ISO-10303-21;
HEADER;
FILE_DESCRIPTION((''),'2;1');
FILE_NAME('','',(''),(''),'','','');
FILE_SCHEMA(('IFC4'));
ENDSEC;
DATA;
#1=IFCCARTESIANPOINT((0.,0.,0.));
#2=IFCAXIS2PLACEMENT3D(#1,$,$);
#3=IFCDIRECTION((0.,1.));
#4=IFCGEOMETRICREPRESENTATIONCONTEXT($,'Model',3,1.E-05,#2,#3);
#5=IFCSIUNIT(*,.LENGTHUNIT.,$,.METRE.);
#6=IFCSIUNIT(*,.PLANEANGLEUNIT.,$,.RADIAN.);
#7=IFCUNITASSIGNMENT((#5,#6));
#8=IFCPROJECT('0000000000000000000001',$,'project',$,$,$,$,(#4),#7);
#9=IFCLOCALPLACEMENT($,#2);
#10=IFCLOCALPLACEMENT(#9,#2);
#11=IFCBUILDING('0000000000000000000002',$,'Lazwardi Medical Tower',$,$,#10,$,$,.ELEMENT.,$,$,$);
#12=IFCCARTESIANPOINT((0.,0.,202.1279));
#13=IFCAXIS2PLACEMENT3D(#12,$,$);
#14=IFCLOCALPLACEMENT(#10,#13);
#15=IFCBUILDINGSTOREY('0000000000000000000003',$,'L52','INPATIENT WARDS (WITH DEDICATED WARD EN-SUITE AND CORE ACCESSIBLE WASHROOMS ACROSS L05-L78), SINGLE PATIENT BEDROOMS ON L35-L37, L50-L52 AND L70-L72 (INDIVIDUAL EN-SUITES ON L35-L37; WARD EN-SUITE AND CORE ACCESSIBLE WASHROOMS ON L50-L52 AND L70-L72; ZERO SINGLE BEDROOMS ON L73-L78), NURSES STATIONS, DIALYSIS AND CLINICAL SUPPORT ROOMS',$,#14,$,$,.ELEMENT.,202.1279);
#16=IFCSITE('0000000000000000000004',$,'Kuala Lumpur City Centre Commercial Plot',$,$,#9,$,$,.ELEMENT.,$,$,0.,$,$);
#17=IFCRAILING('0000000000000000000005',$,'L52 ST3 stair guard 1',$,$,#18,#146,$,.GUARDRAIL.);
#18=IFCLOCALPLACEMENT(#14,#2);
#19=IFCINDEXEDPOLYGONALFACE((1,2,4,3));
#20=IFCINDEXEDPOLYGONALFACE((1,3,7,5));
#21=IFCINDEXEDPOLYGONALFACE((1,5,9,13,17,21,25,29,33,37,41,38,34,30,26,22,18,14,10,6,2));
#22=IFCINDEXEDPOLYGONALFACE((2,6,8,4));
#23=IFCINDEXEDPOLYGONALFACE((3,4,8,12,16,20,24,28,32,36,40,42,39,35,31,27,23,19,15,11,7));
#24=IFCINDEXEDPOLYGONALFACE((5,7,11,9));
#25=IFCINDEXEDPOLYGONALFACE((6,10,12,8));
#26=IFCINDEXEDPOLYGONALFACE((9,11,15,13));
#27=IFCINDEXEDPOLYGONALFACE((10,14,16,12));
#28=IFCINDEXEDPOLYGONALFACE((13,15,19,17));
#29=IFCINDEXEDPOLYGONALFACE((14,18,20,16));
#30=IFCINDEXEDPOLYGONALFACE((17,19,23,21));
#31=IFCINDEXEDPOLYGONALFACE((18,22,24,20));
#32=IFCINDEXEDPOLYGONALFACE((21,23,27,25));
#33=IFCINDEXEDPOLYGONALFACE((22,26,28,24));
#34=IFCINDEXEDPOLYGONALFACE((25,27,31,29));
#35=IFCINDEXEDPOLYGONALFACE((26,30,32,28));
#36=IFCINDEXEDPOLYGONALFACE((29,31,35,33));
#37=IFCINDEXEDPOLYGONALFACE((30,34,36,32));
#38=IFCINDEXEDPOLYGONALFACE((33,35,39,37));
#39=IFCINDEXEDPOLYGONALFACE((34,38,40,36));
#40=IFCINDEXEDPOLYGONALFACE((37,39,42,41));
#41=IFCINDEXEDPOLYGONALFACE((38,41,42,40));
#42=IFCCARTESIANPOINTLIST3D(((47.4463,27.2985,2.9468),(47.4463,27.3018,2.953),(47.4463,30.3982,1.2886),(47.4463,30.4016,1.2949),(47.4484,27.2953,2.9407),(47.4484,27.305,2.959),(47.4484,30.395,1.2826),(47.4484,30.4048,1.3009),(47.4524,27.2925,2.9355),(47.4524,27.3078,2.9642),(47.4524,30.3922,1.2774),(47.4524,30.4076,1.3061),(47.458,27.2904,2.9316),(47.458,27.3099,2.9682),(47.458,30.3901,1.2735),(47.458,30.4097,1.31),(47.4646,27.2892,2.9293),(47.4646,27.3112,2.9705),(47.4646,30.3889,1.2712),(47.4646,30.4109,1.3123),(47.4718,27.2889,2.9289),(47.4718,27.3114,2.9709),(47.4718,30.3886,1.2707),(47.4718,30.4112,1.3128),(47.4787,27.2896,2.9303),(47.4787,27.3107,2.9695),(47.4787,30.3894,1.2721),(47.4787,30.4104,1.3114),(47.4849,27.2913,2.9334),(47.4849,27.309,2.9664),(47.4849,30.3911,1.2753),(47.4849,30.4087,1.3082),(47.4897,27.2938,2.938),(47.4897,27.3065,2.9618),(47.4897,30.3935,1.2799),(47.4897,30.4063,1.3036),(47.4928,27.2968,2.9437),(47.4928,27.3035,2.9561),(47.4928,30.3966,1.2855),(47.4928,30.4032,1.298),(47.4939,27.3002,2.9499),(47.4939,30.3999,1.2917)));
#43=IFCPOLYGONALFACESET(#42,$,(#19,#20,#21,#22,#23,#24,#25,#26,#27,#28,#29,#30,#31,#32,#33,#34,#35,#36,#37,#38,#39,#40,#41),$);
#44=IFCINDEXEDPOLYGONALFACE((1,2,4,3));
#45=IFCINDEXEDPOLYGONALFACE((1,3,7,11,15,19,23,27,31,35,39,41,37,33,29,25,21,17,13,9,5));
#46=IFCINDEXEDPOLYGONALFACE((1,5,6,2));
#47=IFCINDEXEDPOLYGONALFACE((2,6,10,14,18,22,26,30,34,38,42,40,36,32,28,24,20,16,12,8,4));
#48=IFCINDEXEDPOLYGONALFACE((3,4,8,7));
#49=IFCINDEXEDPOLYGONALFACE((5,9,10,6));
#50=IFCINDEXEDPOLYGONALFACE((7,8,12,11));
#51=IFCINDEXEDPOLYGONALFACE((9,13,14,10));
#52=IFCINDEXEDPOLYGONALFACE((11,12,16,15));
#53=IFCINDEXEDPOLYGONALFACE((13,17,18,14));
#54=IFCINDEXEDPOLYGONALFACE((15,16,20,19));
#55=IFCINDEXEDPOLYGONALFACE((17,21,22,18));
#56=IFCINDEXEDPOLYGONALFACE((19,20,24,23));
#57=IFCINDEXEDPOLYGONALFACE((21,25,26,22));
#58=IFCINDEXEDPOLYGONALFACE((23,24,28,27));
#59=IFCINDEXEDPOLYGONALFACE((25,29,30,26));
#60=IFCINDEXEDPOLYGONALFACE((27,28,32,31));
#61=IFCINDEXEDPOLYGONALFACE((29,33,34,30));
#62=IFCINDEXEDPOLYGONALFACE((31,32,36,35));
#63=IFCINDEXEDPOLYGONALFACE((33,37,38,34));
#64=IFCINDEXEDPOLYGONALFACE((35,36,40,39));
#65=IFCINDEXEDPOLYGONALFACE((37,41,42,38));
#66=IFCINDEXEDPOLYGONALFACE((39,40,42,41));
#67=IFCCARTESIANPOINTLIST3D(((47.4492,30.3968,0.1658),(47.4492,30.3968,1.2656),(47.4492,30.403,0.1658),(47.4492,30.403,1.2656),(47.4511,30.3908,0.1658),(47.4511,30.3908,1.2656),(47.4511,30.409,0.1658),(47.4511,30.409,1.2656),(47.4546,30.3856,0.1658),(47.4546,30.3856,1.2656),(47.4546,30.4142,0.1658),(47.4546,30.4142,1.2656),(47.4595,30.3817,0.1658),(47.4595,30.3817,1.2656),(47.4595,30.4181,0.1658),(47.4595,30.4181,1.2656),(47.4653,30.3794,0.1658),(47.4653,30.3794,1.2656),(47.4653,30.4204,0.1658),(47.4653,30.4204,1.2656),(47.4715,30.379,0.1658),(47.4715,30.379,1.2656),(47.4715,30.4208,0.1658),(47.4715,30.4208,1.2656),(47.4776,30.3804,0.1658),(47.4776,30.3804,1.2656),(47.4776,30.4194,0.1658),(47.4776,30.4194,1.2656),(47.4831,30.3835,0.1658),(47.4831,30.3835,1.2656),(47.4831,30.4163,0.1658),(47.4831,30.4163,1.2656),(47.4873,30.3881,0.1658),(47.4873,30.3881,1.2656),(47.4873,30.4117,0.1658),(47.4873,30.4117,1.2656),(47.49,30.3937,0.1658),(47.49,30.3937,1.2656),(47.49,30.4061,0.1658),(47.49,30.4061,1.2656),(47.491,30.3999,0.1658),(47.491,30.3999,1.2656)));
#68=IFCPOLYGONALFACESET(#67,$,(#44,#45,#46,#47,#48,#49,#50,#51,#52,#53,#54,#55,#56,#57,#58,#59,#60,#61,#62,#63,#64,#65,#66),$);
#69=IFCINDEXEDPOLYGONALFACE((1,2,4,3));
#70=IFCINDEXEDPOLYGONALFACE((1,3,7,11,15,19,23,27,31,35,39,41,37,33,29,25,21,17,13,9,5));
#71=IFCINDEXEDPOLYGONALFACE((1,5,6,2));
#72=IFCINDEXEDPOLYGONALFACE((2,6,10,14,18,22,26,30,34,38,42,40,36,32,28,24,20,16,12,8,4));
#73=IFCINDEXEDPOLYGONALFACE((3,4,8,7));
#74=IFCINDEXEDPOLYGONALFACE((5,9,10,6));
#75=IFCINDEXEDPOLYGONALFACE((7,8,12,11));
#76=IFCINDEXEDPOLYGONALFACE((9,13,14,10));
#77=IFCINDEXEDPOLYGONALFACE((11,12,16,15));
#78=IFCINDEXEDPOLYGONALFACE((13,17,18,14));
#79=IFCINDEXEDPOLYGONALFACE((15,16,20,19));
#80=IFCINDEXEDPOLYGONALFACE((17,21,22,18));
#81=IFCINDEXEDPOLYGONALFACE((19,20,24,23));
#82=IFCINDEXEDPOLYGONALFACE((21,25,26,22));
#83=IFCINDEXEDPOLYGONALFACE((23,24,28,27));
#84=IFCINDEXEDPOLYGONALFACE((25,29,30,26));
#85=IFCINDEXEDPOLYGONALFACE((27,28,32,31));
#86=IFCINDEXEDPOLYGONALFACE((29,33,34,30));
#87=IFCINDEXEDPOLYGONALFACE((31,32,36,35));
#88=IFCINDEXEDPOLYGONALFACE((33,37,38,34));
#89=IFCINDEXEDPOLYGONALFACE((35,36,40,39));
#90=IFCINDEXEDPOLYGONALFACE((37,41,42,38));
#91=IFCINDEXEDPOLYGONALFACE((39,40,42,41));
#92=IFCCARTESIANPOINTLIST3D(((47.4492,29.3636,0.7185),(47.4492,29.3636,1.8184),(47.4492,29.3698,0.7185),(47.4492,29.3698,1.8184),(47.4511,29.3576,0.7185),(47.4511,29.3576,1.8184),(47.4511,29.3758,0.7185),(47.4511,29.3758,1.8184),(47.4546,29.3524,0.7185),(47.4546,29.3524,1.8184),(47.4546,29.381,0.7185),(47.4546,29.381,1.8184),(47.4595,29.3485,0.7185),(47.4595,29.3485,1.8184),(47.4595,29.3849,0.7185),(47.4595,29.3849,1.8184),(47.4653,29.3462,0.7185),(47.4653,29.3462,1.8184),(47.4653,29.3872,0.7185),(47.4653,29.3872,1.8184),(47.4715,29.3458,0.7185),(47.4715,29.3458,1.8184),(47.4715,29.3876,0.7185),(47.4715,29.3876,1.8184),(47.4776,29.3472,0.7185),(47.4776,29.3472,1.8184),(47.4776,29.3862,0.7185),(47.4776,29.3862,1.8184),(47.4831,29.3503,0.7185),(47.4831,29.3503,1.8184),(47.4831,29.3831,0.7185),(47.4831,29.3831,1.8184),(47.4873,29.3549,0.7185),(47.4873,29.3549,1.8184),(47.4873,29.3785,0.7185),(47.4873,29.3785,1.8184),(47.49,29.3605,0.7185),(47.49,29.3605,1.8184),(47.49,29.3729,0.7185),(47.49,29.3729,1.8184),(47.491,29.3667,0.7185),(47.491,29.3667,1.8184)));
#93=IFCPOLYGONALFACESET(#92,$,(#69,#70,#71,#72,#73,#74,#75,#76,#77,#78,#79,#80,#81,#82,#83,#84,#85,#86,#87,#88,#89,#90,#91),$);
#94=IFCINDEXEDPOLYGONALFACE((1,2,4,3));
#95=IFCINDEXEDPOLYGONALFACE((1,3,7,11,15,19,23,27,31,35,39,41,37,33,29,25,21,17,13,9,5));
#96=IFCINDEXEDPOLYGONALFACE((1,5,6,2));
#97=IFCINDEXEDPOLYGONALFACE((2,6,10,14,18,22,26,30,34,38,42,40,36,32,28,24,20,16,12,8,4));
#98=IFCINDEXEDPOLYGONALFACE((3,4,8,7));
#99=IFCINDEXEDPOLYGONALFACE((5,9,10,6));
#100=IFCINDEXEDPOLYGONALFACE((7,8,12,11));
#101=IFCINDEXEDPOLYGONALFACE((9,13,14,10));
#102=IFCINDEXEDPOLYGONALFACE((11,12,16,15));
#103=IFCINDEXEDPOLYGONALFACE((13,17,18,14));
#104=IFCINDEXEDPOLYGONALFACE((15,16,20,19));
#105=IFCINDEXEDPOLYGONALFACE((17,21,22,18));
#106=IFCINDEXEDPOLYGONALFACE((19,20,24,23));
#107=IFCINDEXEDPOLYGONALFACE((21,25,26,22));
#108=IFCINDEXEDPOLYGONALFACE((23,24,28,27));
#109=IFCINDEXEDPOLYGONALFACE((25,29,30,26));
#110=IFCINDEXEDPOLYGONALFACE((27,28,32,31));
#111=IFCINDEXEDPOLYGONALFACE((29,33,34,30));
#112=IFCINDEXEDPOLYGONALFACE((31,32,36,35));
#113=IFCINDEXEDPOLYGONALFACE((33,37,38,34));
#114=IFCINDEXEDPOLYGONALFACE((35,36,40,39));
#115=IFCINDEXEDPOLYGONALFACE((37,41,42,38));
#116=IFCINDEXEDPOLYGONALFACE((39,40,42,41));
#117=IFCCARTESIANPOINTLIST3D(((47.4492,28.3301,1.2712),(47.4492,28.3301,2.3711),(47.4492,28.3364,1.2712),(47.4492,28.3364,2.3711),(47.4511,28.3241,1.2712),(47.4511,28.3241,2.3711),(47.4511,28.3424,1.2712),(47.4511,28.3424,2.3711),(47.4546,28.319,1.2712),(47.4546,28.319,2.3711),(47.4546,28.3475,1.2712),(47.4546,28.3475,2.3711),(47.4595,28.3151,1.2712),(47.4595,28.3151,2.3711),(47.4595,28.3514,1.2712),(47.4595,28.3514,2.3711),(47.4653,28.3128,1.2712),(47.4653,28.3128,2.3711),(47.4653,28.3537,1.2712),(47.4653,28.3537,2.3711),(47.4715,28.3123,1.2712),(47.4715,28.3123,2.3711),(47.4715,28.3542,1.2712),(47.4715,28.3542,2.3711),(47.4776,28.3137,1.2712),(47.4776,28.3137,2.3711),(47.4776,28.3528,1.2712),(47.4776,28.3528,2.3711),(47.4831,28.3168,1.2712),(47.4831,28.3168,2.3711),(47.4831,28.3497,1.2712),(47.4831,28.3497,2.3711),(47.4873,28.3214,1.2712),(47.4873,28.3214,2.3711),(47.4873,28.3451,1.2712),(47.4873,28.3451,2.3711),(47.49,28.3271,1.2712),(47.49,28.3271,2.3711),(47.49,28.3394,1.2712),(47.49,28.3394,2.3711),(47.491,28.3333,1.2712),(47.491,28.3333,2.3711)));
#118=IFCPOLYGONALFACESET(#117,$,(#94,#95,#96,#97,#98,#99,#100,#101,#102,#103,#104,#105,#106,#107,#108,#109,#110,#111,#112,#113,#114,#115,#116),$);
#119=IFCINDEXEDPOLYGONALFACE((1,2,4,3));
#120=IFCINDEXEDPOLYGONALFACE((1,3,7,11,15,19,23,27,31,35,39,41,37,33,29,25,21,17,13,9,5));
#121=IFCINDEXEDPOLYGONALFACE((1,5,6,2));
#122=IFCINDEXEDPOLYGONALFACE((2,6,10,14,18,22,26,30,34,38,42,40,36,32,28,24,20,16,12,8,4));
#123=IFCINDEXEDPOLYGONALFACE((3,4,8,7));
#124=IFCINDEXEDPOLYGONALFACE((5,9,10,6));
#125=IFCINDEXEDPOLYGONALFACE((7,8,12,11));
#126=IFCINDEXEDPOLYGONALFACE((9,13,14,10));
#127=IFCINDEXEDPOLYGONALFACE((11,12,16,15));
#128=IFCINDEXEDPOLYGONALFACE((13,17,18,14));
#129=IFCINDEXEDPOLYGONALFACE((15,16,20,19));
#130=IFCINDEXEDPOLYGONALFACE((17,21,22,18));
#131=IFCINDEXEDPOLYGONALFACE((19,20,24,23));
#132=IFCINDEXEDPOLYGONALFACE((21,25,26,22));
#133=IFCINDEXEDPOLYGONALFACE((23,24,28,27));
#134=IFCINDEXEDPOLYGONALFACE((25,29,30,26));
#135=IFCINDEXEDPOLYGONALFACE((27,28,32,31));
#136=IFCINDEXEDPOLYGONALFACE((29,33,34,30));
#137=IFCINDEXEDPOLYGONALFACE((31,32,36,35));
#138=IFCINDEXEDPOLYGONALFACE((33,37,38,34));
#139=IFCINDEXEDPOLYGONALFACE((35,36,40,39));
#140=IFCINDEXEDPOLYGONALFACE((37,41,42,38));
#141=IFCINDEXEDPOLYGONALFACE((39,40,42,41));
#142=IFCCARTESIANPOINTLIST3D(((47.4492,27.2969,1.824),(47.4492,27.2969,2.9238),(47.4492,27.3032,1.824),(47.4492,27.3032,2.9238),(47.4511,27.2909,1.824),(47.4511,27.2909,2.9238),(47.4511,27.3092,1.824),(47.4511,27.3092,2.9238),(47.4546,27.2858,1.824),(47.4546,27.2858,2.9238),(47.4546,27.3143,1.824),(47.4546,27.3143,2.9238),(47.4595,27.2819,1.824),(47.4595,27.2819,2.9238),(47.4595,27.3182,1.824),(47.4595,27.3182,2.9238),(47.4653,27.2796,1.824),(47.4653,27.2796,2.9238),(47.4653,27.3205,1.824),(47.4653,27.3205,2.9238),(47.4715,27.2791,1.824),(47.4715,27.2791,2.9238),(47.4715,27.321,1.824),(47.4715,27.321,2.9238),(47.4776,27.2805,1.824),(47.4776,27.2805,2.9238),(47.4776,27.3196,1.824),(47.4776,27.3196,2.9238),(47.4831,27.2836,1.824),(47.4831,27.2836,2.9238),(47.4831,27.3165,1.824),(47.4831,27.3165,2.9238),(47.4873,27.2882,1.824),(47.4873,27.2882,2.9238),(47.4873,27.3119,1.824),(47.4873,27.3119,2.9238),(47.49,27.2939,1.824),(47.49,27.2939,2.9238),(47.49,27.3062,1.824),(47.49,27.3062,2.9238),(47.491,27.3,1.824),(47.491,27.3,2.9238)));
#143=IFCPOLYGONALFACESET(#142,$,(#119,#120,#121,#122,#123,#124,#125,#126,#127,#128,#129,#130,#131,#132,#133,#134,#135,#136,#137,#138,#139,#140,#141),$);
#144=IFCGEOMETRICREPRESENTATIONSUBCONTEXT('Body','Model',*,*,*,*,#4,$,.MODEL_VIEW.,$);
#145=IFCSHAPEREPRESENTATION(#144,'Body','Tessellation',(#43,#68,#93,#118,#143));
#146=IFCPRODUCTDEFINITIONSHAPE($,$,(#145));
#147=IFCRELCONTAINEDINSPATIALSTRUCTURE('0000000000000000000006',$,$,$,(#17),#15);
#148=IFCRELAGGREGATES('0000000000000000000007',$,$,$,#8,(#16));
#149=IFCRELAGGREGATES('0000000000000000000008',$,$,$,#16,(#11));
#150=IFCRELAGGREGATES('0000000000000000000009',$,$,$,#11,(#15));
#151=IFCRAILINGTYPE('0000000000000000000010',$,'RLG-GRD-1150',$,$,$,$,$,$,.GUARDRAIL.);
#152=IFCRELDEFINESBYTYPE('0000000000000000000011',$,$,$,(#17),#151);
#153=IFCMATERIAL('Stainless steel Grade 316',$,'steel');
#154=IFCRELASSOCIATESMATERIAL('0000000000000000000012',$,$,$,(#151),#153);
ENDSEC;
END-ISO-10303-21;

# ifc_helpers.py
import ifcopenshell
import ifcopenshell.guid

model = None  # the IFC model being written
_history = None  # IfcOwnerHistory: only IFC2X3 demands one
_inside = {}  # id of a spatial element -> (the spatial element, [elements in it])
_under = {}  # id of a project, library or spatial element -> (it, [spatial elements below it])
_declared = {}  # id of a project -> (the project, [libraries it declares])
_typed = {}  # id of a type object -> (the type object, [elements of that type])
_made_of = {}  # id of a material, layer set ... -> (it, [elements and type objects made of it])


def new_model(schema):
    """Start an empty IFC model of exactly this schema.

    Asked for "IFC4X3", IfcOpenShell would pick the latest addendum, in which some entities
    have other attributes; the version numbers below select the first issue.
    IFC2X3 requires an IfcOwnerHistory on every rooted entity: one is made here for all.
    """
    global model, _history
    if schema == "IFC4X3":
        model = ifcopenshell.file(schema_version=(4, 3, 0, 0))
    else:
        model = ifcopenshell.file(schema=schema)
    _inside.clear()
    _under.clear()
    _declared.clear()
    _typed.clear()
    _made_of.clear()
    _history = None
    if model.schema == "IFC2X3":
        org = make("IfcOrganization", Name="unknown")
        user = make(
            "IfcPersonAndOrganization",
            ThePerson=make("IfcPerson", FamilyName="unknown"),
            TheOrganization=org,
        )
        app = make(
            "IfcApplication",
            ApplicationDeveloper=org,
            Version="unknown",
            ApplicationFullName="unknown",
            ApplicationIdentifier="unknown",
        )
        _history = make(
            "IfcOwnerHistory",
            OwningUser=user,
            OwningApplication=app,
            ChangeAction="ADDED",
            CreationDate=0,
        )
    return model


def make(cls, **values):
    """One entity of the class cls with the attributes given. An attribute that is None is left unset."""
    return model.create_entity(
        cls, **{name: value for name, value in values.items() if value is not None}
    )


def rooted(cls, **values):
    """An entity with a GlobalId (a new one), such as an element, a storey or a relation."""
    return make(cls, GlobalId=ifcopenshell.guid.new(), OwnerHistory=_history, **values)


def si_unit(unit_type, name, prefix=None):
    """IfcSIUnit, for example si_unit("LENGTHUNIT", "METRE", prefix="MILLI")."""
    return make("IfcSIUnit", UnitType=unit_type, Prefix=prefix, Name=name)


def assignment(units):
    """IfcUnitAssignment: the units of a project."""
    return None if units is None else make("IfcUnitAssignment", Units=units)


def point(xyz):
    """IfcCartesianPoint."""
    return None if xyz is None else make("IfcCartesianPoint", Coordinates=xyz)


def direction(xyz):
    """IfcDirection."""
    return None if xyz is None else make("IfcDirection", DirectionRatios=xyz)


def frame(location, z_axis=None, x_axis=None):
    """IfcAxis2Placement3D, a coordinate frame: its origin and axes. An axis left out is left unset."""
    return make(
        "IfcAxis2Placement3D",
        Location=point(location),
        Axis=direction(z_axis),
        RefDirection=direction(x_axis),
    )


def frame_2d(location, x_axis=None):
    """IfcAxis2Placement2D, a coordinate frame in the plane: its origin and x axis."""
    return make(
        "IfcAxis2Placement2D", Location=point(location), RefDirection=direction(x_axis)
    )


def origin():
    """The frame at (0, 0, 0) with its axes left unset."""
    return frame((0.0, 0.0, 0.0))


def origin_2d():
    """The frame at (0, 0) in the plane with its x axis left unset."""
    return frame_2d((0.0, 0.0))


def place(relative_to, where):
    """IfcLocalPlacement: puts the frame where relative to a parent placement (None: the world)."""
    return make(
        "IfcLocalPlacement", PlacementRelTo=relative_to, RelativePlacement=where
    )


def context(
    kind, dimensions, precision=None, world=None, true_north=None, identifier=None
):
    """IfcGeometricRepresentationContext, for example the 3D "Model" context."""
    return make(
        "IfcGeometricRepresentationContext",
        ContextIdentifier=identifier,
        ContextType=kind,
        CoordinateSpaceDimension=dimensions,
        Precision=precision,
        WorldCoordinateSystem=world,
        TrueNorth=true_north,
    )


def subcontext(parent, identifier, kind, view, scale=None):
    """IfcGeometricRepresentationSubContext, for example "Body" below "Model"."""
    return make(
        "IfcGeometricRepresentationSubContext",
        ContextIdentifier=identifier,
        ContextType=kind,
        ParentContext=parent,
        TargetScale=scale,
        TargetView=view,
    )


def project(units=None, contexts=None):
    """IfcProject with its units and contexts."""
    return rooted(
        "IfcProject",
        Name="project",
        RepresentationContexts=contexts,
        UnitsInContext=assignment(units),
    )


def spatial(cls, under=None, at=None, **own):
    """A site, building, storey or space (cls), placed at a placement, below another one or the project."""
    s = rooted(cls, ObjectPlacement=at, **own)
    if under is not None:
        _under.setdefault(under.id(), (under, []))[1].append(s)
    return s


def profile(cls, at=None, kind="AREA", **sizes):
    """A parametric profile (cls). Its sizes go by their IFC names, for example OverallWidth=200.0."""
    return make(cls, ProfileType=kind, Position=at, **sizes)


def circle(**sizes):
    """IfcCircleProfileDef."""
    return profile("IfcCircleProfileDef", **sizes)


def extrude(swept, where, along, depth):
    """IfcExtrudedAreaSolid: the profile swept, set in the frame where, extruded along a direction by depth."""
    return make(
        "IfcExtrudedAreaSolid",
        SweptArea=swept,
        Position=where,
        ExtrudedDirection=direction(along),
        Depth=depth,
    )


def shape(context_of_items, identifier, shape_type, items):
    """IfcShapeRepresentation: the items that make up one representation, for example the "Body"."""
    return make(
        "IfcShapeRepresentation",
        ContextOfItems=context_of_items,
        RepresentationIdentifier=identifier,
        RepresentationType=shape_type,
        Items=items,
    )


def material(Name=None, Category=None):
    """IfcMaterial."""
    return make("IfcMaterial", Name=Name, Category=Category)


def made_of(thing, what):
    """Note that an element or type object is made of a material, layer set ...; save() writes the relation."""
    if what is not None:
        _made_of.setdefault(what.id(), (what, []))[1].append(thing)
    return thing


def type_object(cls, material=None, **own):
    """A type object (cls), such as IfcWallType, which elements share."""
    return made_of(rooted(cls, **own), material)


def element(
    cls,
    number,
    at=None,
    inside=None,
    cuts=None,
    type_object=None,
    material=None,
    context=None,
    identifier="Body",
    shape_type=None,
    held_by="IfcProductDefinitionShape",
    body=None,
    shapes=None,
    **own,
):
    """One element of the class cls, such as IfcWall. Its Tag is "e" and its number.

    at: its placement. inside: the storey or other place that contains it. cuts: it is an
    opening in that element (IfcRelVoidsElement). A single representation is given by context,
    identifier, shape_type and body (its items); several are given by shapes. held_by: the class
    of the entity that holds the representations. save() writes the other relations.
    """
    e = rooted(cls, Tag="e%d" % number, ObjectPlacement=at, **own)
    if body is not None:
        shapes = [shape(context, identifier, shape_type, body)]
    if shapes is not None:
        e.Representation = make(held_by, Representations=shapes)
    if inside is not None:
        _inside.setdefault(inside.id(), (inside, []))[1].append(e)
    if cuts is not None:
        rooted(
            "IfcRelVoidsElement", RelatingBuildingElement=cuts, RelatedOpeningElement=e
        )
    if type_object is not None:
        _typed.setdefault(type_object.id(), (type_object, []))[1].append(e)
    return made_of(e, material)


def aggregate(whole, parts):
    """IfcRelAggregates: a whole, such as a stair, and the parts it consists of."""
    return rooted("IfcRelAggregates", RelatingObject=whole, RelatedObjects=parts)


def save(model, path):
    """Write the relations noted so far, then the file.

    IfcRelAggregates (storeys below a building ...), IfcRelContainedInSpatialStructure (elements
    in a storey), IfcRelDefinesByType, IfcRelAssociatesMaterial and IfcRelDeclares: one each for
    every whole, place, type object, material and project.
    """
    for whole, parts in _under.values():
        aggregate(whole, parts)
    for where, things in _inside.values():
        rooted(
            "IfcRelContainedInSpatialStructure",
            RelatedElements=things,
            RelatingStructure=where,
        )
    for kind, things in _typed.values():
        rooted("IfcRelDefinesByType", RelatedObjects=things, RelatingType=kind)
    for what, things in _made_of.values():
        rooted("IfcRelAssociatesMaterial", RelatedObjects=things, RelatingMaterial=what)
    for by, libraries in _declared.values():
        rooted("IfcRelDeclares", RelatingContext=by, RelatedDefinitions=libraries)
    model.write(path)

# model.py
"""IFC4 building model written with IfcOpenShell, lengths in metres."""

from ifc_helpers import new_model, si_unit, direction, frame, origin, origin_2d, place, context, subcontext, project, spatial, circle, extrude, material, type_object, element, save


model = new_model("IFC4")

# Units and contexts
model_context = context("Model", 3, precision=1e-05, world=origin(), true_north=direction((0.0, 1.0)))
body_context = subcontext(model_context, "Body", "Model", "MODEL_VIEW")
ifc_project = project(units=[si_unit("LENGTHUNIT", "METRE"), si_unit("PLANEANGLEUNIT", "RADIAN")], contexts=[model_context])

# Site, building, storey
site_placement = place(None, origin())
site = spatial("IfcSite", under=ifc_project, at=site_placement, Name="Kuala Lumpur City Centre Commercial Plot", CompositionType="ELEMENT", RefElevation=0.0)
building_placement = place(site_placement, origin())
building = spatial("IfcBuilding", under=site, at=building_placement, Name="Lazwardi Medical Tower", CompositionType="ELEMENT")
storey_placement = place(building_placement, frame((0.0, 0.0, 202.1279)))
storey = spatial("IfcBuildingStorey", under=building, at=storey_placement, Name="L52", Description="INPATIENT WARDS (WITH DEDICATED WARD EN-SUITE AND CORE ACCESSIBLE WASHROOMS ACROSS L05-L78), SINGLE PATIENT BEDROOMS ON L35-L37, L50-L52 AND L70-L72 (INDIVIDUAL EN-SUITES ON L35-L37; WARD EN-SUITE AND CORE ACCESSIBLE WASHROOMS ON L50-L52 AND L70-L72; ZERO SINGLE BEDROOMS ON L73-L78), NURSES STATIONS, DIALYSIS AND CLINICAL SUPPORT ROOMS", CompositionType="ELEMENT", Elevation=202.1279)

# Railing
ifc_material_1 = material(Name="Stainless steel Grade 316", Category="steel")
railing_type = type_object("IfcRailingType", Name="RLG-GRD-1150", PredefinedType="GUARDRAIL", material=ifc_material_1)
railing_1_placement = place(storey_placement, frame((47.47, 30.3999, 0.1658)))
element("IfcRailing", 1, at=railing_1_placement, inside=storey, type_object=railing_type, Name="L52 ST3 stair guard 1", PredefinedType="GUARDRAIL", context=body_context, shape_type="SweptSolid", body=[
    extrude(circle(Radius=0.0239, at=origin_2d()), frame((0.0, 0.0, 1.126), z_axis=(0.0, -0.881768, 0.471684), x_axis=(1.0, 0.0, 0.0)), (0.0, 0.0, 1.0), 3.5154),
    extrude(circle(Radius=0.021, at=origin_2d()), origin(), (0.0, 0.0, 1.0), 1.0999),
    extrude(circle(Radius=0.021, at=origin_2d()), frame((0.0, -1.0332, 0.5527)), (0.0, 0.0, 1.0), 1.0999),
    extrude(circle(Radius=0.021, at=origin_2d()), frame((0.0, -2.0667, 1.1055)), (0.0, 0.0, 1.0), 1.0999),
    extrude(circle(Radius=0.021, at=origin_2d()), frame((0.0, -3.0999, 1.6582)), (0.0, 0.0, 1.0), 1.0999),
])

save(model, "model.ifc")
